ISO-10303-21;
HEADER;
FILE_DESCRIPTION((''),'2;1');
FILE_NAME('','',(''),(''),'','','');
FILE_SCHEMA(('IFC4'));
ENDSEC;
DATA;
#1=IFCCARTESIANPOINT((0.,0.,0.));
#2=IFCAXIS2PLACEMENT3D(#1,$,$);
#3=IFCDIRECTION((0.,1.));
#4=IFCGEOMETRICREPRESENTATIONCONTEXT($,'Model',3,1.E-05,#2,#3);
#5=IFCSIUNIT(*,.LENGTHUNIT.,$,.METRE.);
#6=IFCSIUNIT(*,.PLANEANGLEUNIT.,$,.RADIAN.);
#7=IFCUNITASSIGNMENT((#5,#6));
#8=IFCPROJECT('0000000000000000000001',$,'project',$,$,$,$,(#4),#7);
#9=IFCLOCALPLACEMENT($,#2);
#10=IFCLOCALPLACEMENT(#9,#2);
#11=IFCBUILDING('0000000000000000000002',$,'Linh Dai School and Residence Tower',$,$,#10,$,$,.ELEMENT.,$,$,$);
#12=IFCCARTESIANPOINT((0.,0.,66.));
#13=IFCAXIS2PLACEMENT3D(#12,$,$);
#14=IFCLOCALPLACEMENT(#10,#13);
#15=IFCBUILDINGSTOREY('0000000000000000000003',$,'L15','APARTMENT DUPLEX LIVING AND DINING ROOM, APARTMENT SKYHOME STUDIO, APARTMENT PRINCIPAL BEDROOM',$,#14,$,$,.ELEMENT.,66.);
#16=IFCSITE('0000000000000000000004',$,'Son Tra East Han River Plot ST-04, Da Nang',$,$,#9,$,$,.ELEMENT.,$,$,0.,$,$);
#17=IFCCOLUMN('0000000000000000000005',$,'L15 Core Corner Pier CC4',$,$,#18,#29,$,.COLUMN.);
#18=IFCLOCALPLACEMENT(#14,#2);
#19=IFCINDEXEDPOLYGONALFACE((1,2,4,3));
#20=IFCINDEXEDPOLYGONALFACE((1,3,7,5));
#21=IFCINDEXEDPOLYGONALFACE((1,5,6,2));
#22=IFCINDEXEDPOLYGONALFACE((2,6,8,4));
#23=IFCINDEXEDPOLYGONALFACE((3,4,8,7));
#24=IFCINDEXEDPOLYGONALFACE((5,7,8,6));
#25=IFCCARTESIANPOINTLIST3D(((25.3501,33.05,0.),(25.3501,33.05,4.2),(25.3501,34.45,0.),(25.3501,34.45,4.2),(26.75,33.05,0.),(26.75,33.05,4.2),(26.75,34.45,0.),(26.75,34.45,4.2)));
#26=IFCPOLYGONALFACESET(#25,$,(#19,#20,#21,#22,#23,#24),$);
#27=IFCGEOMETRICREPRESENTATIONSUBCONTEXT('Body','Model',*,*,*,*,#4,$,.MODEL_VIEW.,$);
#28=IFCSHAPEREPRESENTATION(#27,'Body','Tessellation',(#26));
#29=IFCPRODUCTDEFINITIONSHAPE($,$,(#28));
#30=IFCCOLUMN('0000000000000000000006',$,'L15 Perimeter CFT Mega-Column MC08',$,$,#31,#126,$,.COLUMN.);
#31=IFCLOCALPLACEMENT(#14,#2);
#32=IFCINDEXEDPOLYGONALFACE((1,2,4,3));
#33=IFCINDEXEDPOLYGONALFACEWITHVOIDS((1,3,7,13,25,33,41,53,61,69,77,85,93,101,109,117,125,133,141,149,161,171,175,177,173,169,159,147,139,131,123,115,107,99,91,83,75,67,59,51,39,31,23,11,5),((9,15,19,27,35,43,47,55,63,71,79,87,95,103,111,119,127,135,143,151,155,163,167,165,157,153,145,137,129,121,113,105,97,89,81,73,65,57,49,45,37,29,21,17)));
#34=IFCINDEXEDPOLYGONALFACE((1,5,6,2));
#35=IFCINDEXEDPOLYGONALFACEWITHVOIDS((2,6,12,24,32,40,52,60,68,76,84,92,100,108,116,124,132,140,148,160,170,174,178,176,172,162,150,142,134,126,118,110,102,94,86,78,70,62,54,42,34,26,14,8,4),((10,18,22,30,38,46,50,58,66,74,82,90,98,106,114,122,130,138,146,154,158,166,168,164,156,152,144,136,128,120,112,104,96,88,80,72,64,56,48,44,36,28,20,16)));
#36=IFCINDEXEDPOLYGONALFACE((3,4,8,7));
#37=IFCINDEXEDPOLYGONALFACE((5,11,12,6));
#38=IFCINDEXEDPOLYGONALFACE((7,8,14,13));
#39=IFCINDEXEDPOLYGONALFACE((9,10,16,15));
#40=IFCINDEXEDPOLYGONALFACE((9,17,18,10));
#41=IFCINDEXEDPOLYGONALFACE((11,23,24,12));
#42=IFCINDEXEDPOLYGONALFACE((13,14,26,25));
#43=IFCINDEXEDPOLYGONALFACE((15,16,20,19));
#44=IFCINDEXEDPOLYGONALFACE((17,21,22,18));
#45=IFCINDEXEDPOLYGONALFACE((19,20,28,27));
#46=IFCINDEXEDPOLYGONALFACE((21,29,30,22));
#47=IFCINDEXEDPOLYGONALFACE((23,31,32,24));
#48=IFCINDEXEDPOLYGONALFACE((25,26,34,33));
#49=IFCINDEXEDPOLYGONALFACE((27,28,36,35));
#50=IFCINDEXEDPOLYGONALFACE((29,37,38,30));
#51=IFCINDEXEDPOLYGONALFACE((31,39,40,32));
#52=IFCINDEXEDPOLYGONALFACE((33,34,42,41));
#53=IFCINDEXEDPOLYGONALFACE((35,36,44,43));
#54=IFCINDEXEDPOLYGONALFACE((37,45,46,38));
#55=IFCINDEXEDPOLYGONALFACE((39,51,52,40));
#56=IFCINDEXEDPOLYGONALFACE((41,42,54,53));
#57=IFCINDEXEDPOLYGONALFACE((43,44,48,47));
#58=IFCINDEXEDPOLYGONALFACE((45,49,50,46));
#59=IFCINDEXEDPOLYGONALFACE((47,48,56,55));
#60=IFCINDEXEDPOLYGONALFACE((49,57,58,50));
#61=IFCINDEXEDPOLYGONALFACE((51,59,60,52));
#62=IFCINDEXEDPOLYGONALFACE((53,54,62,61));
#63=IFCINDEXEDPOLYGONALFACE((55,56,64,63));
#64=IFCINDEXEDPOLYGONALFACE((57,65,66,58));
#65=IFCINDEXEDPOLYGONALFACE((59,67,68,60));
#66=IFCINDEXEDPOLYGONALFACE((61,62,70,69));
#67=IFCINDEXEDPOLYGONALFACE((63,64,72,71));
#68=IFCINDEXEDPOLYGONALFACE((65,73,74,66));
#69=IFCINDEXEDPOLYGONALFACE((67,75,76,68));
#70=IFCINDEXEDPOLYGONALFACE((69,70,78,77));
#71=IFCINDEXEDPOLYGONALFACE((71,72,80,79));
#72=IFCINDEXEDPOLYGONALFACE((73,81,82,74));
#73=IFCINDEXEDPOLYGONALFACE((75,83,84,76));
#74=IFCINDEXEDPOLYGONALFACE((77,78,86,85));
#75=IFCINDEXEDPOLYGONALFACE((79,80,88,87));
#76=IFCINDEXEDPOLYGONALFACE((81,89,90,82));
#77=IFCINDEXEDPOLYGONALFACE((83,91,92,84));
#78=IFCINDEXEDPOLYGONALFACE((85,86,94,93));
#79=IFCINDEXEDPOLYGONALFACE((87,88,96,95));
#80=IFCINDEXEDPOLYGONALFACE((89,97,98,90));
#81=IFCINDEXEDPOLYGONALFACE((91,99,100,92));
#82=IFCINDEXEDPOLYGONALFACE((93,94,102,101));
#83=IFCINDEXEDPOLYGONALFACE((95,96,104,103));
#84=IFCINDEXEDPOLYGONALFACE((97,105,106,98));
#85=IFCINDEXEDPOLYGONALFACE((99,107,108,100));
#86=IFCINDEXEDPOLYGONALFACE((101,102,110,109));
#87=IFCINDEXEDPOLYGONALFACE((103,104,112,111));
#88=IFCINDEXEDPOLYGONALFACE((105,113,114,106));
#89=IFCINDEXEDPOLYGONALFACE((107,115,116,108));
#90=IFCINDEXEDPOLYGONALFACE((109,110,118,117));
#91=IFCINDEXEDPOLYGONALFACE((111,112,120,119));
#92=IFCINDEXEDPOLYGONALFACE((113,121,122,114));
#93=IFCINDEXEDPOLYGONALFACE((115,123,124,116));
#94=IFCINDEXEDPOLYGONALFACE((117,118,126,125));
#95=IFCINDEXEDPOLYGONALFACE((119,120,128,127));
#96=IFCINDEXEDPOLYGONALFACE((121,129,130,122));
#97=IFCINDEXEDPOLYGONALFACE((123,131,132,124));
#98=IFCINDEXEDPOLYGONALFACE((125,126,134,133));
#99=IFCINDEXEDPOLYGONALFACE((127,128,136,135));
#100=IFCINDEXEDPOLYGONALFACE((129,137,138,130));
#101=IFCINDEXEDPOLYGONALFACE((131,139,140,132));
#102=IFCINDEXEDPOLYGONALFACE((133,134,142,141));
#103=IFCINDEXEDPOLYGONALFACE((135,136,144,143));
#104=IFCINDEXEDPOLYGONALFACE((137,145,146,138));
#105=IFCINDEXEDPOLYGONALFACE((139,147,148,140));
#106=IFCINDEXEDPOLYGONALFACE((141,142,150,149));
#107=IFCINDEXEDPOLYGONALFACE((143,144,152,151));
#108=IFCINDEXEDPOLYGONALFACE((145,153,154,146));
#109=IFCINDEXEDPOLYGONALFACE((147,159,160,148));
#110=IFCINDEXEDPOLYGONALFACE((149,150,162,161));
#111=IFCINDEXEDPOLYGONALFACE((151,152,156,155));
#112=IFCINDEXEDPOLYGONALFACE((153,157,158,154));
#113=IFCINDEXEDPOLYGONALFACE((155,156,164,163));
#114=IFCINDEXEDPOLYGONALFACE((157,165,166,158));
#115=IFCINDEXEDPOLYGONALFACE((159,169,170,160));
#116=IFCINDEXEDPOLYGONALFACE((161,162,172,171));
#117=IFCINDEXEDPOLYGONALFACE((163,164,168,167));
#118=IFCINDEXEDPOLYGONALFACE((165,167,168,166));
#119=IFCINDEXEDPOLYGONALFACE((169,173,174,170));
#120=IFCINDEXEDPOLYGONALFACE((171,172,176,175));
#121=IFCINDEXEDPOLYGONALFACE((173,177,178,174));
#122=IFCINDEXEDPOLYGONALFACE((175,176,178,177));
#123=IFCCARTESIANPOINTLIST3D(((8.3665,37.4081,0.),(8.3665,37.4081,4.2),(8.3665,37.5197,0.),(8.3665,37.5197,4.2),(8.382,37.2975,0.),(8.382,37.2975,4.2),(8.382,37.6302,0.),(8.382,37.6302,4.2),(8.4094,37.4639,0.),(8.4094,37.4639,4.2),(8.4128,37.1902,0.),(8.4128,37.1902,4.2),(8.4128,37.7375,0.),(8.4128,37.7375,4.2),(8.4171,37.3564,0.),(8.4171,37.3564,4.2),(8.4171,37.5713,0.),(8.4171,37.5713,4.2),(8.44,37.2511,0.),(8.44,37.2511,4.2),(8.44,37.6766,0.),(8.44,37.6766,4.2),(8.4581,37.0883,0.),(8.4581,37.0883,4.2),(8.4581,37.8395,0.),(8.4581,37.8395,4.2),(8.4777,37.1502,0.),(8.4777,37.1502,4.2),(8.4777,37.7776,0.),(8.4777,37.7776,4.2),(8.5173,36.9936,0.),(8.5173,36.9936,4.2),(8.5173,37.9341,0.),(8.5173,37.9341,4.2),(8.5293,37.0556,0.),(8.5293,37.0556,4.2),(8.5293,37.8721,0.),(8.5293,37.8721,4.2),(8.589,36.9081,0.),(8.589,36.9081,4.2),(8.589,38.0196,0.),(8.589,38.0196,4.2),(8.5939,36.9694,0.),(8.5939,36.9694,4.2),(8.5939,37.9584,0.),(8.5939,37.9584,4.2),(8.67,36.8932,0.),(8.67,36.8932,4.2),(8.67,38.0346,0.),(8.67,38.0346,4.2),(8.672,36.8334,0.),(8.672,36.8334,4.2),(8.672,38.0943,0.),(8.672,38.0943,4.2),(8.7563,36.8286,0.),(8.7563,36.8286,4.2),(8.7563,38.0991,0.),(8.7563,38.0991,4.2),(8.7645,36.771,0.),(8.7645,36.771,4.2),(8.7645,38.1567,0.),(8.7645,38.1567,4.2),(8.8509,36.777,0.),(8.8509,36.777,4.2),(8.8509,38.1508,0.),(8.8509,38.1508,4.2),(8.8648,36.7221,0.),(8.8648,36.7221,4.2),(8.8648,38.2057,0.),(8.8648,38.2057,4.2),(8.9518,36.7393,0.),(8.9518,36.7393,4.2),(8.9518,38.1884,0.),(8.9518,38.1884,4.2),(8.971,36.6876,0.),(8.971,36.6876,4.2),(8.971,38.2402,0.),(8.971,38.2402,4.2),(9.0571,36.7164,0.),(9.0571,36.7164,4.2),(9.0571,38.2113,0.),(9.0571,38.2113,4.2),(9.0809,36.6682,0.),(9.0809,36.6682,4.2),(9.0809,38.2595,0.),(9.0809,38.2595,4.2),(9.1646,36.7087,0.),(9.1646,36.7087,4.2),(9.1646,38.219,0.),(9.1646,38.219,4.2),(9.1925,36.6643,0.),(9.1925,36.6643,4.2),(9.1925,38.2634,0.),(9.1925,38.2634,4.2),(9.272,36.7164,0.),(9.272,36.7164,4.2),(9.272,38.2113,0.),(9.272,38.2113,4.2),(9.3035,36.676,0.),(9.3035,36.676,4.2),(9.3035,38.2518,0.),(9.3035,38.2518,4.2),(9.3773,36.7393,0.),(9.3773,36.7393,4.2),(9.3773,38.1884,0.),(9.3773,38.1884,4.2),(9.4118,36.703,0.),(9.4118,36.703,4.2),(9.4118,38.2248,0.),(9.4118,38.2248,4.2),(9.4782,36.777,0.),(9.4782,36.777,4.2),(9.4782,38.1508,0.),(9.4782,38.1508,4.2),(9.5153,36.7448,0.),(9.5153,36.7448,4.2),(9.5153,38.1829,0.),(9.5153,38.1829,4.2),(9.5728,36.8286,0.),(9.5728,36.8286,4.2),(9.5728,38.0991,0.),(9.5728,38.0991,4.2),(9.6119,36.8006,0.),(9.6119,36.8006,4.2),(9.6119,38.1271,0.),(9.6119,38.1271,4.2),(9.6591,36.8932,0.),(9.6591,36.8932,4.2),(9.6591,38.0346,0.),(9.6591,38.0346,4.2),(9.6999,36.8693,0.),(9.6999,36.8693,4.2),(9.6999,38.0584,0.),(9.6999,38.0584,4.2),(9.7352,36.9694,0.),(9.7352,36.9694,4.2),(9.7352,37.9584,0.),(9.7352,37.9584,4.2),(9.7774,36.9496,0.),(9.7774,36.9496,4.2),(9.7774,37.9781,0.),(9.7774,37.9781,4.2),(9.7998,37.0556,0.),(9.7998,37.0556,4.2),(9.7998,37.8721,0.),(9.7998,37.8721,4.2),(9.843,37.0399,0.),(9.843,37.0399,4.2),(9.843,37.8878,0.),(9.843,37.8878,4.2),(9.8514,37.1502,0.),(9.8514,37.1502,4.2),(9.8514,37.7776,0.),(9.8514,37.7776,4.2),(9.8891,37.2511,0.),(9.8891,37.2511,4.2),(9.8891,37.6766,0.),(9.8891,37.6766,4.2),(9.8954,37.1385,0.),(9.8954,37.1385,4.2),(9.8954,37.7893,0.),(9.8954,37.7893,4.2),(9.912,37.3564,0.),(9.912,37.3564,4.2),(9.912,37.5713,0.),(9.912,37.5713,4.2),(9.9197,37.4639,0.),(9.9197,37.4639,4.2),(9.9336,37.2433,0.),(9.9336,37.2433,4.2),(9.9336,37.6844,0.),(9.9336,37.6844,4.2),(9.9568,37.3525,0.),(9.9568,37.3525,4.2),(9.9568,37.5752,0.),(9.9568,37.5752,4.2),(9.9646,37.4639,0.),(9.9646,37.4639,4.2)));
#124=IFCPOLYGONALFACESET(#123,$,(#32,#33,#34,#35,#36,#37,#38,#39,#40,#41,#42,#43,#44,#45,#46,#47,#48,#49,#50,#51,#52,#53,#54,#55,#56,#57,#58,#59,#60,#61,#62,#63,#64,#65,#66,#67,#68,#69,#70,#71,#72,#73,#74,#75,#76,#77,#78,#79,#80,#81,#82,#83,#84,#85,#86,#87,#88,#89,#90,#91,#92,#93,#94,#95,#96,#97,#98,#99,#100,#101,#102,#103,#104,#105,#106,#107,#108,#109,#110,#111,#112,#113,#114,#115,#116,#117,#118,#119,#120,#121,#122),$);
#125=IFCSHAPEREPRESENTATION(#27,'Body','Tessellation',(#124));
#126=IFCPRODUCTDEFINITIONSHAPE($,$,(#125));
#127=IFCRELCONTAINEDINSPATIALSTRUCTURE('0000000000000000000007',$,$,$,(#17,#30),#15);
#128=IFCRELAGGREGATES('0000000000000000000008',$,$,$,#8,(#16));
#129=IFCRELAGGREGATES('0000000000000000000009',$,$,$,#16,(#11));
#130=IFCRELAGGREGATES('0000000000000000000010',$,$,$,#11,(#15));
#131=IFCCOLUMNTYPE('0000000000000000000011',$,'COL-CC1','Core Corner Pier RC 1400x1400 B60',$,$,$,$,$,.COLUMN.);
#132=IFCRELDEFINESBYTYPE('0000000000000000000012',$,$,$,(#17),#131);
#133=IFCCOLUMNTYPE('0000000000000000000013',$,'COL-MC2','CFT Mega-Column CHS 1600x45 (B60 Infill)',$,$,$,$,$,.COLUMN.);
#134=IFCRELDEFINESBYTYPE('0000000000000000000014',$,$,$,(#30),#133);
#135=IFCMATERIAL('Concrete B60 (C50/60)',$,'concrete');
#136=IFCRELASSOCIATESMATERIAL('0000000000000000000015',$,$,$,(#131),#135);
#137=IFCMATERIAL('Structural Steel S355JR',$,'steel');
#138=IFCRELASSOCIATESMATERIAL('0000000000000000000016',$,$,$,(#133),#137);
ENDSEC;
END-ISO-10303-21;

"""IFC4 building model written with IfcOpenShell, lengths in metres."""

from ifc_helpers import new_model, si_unit, direction, frame, origin, origin_2d, place, context, subcontext, project, spatial, rectangle, hollow_circle, extrude, material, material_profile, profile_set, type_object, element, save


model = new_model("IFC4")

# Units and contexts
model_context = context("Model", 3, precision=1e-05, world=origin(), true_north=direction((0.0, 1.0)))
body_context = subcontext(model_context, "Body", "Model", "MODEL_VIEW")
ifc_project = project(units=[si_unit("LENGTHUNIT", "METRE"), si_unit("PLANEANGLEUNIT", "RADIAN")], contexts=[model_context])

# Site, building, storey
site_placement = place(None, origin())
site = spatial("IfcSite", under=ifc_project, at=site_placement, Name="Son Tra East Han River Plot ST-04, Da Nang", CompositionType="ELEMENT", RefElevation=0.0)
building_placement = place(site_placement, origin())
building = spatial("IfcBuilding", under=site, at=building_placement, Name="Linh Dai School and Residence Tower", CompositionType="ELEMENT")
storey_placement = place(building_placement, frame((0.0, 0.0, 66.0)))
storey = spatial("IfcBuildingStorey", under=building, at=storey_placement, Name="L15", Description="APARTMENT DUPLEX LIVING AND DINING ROOM, APARTMENT SKYHOME STUDIO, APARTMENT PRINCIPAL BEDROOM", CompositionType="ELEMENT", Elevation=66.0)

# Columns
ifc_material_1 = material(Name="Concrete B60 (C50/60)", Category="concrete")
ifc_material_profile_1 = material_profile(ifc_material_1, rectangle(XDim=1.3999, YDim=1.3999, at=origin_2d()), Name="RC 1400x1400")
ifc_profile_set_1 = profile_set([ifc_material_profile_1], Name="Concrete B60 (C50/60)")
column_type_1 = type_object("IfcColumnType", Name="COL-CC1", Description="Core Corner Pier RC 1400x1400 B60", PredefinedType="COLUMN", material=ifc_profile_set_1)
column_placement = place(storey_placement, frame((26.05, 33.75, 0.0), z_axis=(0.0, 0.0, 1.0), x_axis=(1.0, 0.0, 0.0)))
element("IfcColumn", 1, at=column_placement, inside=storey, type_object=column_type_1, Name="L15 Core Corner Pier CC4", PredefinedType="COLUMN", context=body_context, shape_type="SweptSolid", body=[
    extrude(rectangle(XDim=1.3999, YDim=1.3999, at=origin_2d()), origin(), (0.0, 0.0, 1.0), 4.2),
])
ifc_material_2 = material(Name="Structural Steel S355JR", Category="steel")
ifc_material_profile_2 = material_profile(ifc_material_2, hollow_circle(Radius=0.8, WallThickness=0.0449, at=origin_2d()), Name="CHS 1600x45")
ifc_profile_set_2 = profile_set([ifc_material_profile_2], Name="Structural Steel S355JR")
column_type_2 = type_object("IfcColumnType", Name="COL-MC2", Description="CFT Mega-Column CHS 1600x45 (B60 Infill)", PredefinedType="COLUMN", material=ifc_profile_set_2)
for number, where, z_axis, x_axis, name in (
    (2, (9.1646, 37.4639, 0.0), (0.0, 0.0, 1.0), (1.0, 0.0, 0.0), "L15 Perimeter CFT Mega-Column MC08"),
):
    element("IfcColumn", number, at=place(storey_placement, frame(where, z_axis=z_axis, x_axis=x_axis)), inside=storey, type_object=column_type_2, Name=name, PredefinedType="COLUMN", context=body_context, shape_type="SweptSolid", body=[
        extrude(hollow_circle(Radius=0.8, WallThickness=0.0449, at=origin_2d()), origin(), (0.0, 0.0, 1.0), 4.2),
    ])

save(model, "model.ifc")
